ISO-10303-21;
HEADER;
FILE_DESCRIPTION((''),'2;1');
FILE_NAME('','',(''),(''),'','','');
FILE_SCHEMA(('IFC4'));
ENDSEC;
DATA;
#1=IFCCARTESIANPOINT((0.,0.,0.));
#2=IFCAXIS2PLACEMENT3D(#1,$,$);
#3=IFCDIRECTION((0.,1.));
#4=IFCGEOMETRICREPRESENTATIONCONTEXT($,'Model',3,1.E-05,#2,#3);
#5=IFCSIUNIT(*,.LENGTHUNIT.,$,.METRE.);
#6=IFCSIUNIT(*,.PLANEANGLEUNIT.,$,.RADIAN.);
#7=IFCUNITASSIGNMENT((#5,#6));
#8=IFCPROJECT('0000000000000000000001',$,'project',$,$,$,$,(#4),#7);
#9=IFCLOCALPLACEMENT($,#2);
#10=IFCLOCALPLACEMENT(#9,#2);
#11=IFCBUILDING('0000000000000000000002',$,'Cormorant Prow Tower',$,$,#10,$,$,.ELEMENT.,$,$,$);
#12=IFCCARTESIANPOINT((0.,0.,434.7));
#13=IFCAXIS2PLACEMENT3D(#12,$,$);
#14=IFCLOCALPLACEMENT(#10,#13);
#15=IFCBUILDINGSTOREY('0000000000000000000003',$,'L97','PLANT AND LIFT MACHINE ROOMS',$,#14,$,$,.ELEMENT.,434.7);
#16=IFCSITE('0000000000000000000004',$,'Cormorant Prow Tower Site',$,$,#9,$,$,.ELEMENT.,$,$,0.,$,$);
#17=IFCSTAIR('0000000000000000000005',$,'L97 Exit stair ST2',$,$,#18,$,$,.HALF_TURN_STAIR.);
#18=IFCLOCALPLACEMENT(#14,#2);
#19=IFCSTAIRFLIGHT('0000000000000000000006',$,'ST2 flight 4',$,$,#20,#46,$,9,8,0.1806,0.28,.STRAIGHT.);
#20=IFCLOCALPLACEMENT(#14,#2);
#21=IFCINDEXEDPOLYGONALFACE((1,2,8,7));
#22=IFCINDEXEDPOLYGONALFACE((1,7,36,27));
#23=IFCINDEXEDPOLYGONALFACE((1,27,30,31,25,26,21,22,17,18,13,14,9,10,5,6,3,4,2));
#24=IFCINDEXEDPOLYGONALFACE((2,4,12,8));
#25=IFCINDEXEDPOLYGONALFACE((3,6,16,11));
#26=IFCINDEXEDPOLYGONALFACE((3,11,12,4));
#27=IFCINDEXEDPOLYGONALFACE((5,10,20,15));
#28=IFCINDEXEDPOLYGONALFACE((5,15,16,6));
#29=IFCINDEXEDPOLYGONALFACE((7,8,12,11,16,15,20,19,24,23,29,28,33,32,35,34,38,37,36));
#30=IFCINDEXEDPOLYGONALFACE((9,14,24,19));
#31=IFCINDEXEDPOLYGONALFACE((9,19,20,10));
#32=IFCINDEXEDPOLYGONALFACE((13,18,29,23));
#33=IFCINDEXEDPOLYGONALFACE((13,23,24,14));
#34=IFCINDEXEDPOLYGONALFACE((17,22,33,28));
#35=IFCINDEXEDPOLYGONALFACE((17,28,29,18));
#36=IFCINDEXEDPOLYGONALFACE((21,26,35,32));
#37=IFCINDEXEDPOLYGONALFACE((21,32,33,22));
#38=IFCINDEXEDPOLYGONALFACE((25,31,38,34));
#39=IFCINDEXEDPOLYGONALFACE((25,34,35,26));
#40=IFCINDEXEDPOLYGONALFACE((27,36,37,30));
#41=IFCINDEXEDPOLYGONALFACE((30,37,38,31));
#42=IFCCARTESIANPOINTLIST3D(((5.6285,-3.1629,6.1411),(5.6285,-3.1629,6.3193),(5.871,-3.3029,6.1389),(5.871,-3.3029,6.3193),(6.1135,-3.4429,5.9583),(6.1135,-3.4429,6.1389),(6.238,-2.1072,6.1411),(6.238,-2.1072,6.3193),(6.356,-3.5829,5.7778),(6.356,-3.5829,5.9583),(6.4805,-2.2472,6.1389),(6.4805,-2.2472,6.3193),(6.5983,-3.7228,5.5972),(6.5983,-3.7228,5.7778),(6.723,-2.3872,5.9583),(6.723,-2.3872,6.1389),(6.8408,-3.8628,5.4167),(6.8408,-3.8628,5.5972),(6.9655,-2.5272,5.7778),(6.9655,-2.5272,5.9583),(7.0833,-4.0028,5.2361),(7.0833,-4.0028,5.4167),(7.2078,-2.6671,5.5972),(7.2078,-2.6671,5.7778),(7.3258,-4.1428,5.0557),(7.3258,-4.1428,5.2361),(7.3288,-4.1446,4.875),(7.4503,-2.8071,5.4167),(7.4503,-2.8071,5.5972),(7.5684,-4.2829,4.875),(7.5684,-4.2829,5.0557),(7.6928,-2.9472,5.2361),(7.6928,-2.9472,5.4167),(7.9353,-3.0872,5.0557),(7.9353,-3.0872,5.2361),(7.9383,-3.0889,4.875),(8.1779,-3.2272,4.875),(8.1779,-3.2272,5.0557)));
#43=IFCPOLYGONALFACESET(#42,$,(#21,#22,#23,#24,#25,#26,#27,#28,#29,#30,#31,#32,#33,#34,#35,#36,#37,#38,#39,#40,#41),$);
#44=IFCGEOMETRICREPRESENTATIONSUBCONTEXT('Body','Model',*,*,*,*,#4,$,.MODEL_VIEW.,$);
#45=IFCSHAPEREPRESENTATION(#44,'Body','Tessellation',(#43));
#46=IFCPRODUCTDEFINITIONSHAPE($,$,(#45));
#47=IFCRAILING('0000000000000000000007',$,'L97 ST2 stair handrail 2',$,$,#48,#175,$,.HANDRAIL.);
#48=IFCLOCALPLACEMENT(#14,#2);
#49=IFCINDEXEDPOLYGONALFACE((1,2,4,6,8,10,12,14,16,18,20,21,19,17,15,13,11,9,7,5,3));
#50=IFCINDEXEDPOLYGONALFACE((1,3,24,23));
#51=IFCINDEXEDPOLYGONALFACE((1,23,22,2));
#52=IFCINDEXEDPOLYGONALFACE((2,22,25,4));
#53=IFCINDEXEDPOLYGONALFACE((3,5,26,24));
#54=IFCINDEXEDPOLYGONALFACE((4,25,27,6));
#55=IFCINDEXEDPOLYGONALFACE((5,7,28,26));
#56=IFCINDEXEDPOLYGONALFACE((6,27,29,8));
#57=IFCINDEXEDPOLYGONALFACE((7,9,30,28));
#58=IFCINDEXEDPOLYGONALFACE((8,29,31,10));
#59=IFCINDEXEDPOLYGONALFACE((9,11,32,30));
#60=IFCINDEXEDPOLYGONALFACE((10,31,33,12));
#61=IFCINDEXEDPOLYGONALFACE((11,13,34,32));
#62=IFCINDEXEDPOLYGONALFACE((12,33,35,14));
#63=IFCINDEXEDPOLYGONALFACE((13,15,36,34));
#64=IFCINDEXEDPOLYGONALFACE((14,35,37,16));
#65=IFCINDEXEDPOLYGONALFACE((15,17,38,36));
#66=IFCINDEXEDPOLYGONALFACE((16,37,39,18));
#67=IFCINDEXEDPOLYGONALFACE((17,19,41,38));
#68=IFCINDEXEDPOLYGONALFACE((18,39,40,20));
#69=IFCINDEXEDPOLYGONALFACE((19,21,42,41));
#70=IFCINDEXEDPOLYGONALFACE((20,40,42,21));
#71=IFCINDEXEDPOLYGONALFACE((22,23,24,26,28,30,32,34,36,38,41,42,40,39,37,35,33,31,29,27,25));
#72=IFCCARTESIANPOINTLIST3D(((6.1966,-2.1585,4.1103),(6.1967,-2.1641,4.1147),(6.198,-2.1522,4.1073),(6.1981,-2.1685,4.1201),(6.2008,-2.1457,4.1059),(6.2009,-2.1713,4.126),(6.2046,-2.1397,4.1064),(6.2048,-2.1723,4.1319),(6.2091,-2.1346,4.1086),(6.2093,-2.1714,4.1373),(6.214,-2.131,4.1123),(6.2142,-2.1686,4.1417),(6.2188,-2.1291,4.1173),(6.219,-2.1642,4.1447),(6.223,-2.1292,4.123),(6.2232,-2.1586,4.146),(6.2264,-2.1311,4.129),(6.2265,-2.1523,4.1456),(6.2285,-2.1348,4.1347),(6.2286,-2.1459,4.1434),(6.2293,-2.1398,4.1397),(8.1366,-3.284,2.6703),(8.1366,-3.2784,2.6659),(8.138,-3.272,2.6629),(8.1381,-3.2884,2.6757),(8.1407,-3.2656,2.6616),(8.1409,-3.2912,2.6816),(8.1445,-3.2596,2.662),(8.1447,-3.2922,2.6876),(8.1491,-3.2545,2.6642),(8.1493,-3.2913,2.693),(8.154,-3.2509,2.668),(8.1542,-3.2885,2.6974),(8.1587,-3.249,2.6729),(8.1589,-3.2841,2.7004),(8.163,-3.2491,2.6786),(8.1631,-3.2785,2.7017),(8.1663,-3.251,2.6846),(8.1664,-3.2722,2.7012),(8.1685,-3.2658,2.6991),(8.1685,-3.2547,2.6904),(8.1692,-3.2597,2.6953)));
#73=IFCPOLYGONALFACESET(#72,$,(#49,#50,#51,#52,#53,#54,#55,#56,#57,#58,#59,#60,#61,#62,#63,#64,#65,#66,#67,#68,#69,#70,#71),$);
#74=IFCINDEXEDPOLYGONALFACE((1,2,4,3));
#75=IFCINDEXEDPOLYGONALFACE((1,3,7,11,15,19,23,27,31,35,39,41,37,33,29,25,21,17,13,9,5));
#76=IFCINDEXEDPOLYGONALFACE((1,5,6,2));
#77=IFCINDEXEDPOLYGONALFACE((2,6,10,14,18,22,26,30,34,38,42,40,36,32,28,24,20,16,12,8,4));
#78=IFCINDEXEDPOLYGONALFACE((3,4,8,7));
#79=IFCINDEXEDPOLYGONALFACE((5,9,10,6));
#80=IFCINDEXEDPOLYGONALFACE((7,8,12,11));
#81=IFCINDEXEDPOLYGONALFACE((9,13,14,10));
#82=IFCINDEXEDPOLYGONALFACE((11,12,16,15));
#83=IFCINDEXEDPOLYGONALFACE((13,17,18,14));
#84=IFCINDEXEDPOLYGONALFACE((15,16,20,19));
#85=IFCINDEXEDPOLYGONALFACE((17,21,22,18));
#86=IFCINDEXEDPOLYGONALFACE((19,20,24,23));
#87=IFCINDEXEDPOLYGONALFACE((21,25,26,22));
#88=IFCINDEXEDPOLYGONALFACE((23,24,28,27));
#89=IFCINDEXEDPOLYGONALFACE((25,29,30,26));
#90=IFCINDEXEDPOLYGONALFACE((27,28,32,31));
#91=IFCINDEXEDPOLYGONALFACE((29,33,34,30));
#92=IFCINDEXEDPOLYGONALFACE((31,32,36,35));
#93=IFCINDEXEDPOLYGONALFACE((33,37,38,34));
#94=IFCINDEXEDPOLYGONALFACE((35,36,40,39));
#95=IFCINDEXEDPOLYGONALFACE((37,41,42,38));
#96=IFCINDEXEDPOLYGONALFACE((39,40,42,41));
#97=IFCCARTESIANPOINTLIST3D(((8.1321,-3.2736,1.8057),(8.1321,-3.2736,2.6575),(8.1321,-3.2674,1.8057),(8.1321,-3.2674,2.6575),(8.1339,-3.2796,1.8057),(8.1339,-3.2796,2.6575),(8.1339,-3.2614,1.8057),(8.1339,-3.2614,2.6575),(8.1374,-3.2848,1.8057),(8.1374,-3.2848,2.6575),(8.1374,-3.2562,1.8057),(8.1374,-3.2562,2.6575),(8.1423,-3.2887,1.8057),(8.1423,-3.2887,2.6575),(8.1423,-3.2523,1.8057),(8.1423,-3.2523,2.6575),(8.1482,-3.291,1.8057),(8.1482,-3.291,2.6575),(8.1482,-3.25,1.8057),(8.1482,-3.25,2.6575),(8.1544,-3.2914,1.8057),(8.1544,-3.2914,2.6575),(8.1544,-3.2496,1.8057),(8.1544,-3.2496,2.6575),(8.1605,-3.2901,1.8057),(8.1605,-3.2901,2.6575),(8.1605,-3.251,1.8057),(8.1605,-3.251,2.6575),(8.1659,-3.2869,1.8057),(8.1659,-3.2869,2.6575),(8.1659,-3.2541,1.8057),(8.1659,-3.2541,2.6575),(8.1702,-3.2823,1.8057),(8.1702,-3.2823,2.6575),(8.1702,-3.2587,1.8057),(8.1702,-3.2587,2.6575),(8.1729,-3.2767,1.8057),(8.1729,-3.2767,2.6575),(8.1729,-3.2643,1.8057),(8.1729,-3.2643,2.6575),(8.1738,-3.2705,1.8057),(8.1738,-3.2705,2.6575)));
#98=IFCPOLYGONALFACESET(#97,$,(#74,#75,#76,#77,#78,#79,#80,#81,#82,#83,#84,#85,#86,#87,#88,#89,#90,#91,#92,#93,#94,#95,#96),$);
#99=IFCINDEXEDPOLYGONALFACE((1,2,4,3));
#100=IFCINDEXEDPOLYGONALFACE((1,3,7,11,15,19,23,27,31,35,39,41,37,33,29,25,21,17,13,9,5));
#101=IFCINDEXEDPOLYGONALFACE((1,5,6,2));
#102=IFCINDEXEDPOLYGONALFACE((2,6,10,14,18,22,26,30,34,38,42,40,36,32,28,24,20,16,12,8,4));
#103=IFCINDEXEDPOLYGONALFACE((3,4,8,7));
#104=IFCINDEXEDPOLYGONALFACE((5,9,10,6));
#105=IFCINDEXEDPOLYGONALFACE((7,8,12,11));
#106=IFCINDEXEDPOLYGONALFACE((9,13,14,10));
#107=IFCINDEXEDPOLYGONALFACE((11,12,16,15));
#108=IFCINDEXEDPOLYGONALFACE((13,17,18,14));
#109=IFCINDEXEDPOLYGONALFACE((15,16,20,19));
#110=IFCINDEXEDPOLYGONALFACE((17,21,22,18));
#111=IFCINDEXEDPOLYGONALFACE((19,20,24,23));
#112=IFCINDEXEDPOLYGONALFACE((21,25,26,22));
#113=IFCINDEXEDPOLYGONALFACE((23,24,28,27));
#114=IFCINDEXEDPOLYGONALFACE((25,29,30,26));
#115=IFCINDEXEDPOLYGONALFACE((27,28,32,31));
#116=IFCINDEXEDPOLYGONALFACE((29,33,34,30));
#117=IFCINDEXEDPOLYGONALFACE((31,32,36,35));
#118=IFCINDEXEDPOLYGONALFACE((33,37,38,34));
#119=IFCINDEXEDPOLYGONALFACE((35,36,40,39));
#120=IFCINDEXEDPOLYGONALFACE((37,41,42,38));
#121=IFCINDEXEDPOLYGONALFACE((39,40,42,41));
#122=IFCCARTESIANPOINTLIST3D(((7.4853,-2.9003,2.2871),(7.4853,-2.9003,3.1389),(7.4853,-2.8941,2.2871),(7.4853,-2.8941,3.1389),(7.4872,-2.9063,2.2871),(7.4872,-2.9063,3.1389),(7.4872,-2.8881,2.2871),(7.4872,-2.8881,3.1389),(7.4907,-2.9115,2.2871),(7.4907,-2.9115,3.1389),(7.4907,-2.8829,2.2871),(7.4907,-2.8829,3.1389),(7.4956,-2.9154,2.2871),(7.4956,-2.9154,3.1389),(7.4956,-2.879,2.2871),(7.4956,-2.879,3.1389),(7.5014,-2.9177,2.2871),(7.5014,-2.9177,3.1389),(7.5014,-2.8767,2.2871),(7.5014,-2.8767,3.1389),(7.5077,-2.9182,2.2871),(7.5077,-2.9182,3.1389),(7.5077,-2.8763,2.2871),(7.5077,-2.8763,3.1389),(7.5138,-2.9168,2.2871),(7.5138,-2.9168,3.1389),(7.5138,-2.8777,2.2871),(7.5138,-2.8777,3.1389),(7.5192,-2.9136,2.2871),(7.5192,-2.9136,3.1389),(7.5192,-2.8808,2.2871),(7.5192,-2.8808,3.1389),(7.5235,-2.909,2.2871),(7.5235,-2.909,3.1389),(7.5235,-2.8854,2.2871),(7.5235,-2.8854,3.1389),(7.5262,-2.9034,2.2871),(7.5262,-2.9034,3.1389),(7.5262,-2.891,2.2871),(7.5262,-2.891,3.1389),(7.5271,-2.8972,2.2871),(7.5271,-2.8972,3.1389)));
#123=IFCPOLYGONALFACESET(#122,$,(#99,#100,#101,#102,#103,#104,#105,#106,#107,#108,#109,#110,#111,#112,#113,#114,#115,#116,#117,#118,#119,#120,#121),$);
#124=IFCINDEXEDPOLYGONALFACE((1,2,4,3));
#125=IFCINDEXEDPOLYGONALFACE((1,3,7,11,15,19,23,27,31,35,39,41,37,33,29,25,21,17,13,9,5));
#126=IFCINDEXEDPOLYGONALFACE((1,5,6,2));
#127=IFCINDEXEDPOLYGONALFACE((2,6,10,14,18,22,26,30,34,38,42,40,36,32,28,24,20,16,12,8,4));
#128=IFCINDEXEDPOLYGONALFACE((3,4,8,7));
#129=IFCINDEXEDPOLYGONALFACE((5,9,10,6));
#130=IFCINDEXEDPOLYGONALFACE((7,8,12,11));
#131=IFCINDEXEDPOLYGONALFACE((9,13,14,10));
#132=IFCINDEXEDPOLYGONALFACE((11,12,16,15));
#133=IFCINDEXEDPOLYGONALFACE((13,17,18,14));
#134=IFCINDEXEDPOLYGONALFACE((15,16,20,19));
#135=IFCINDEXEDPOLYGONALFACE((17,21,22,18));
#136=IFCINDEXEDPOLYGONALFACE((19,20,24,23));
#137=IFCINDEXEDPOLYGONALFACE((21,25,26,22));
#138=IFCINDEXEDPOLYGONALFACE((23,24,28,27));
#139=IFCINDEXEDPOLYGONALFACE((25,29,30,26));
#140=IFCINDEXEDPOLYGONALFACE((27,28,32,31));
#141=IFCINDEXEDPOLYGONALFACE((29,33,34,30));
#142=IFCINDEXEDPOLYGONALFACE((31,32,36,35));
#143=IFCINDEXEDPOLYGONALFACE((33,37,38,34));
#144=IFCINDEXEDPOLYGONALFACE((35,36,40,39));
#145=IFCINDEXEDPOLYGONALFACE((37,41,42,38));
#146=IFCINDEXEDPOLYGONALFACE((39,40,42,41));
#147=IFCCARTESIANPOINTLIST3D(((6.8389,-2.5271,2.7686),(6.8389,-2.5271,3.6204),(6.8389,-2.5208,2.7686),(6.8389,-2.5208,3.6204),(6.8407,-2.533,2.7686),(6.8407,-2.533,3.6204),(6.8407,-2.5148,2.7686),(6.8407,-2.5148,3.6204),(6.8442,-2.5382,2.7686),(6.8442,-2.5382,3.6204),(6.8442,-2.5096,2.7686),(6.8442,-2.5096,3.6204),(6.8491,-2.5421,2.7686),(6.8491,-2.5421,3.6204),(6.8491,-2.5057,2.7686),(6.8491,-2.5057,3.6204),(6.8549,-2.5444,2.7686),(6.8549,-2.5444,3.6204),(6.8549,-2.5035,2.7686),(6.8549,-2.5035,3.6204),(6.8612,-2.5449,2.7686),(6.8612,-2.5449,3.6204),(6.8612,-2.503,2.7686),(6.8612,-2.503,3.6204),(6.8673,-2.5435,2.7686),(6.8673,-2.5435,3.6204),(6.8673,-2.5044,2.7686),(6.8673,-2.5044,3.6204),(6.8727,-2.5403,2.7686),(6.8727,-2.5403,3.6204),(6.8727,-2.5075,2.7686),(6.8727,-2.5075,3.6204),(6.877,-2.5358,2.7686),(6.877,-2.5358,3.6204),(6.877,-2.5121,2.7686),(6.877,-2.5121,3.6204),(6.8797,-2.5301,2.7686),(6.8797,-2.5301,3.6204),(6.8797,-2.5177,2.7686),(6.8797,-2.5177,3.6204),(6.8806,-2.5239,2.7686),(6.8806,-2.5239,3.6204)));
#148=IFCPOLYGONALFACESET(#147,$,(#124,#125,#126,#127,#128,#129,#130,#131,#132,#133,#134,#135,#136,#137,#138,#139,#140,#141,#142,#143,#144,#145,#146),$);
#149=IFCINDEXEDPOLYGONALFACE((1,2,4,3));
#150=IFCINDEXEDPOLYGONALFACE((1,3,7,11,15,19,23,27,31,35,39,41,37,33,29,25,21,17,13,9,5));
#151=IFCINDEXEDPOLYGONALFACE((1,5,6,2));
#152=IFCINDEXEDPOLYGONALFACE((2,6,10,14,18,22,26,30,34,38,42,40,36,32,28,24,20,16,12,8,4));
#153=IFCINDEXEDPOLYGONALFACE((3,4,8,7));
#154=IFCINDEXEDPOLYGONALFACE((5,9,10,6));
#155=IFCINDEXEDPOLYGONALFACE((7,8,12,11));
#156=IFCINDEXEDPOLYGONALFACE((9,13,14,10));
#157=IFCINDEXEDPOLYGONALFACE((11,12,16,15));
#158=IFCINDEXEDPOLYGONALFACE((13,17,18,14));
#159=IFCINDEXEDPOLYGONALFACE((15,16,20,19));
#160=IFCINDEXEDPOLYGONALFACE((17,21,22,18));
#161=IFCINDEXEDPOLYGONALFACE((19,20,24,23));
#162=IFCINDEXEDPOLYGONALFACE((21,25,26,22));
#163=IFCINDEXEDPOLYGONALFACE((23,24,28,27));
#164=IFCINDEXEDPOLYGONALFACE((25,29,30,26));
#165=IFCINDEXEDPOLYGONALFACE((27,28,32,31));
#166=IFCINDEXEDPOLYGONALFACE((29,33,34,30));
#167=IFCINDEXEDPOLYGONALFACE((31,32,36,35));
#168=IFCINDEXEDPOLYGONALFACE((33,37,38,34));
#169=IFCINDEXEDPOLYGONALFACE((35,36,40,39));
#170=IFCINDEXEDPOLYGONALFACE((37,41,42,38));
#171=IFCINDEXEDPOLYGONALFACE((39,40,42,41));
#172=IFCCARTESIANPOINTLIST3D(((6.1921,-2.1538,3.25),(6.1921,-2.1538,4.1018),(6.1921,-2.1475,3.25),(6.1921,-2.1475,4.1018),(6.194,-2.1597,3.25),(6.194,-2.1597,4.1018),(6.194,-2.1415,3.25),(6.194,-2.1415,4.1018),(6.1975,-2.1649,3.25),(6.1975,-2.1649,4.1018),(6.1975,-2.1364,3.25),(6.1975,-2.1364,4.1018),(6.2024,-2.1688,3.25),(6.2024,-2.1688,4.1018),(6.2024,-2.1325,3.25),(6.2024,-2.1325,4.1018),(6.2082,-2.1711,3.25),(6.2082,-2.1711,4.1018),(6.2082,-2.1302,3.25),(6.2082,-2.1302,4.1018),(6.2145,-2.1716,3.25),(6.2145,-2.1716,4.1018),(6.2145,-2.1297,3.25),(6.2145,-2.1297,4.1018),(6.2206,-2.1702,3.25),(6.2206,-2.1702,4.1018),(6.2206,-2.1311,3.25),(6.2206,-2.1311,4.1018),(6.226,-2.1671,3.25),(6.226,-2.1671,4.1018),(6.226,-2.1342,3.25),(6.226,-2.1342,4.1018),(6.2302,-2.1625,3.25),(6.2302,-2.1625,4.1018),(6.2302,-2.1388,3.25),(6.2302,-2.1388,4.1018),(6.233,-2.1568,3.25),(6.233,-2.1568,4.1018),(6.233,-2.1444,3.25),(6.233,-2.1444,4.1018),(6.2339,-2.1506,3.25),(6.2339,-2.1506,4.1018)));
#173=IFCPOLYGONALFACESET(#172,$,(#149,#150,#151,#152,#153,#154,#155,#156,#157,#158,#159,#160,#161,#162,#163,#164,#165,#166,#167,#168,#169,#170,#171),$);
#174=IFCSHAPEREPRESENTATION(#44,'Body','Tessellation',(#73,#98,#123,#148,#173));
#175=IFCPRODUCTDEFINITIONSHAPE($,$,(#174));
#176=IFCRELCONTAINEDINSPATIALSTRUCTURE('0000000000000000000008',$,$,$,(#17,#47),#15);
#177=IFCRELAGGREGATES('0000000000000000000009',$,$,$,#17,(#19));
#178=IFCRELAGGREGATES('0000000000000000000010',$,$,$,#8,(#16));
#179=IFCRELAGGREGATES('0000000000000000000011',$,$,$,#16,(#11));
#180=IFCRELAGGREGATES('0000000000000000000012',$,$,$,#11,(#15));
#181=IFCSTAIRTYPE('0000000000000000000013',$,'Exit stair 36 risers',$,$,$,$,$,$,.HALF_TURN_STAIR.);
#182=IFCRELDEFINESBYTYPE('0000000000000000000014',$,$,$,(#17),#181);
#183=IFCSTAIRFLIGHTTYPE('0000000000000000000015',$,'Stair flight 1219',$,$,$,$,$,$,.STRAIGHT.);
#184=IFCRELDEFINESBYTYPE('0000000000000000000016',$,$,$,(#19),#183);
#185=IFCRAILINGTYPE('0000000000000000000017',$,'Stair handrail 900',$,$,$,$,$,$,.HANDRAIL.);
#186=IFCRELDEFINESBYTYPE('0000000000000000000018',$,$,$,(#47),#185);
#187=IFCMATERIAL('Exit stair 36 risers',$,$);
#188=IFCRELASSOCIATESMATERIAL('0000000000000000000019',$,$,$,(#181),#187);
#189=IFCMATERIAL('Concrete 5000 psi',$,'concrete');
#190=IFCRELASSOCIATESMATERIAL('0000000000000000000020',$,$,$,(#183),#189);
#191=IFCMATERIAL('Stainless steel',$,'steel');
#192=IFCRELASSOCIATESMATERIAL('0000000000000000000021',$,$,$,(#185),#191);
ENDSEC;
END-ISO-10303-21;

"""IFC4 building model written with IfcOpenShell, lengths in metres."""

from ifc_helpers import new_model, si_unit, direction, frame, origin, origin_2d, place, context, subcontext, project, spatial, polyline, circle, outline, extrude, material, type_object, element, aggregate, save


model = new_model("IFC4")

# Units and contexts
model_context = context("Model", 3, precision=1e-05, world=origin(), true_north=direction((0.0, 1.0)))
body_context = subcontext(model_context, "Body", "Model", "MODEL_VIEW")
ifc_project = project(units=[si_unit("LENGTHUNIT", "METRE"), si_unit("PLANEANGLEUNIT", "RADIAN")], contexts=[model_context])

# Site, building, storey
site_placement = place(None, origin())
site = spatial("IfcSite", under=ifc_project, at=site_placement, Name="Cormorant Prow Tower Site", CompositionType="ELEMENT", RefElevation=0.0)
building_placement = place(site_placement, origin())
building = spatial("IfcBuilding", under=site, at=building_placement, Name="Cormorant Prow Tower", CompositionType="ELEMENT")
storey_placement = place(building_placement, frame((0.0, 0.0, 434.7)))
storey = spatial("IfcBuildingStorey", under=building, at=storey_placement, Name="L97", Description="PLANT AND LIFT MACHINE ROOMS", CompositionType="ELEMENT", Elevation=434.7)

# Stair
ifc_material_1 = material(Name="Exit stair 36 risers")
stair_type = type_object("IfcStairType", Name="Exit stair 36 risers", PredefinedType="HALF_TURN_STAIR", material=ifc_material_1)
stair_1_placement = place(storey_placement, origin())
stair_1 = element("IfcStair", 1, at=stair_1_placement, inside=storey, type_object=stair_type, Name="L97 Exit stair ST2", PredefinedType="HALF_TURN_STAIR")

# Stair flight
ifc_material_2 = material(Name="Concrete 5000 psi", Category="concrete")
stair_flight_type = type_object("IfcStairFlightType", Name="Stair flight 1219", PredefinedType="STRAIGHT", material=ifc_material_2)
stair_flight_placement = place(storey_placement, frame((7.873, -3.7551, 4.875), z_axis=(0.0, 0.0, 1.0), x_axis=(-0.866025, 0.5, 0.0)))
stair_flight = element("IfcStairFlight", 2, at=stair_flight_placement, type_object=stair_flight_type, Name="ST2 flight 4", NumberOfRisers=9, NumberOfTreads=8, PredefinedType="STRAIGHT", RiserHeight=0.1806, TreadLength=0.28, context=body_context, shape_type="SweptSolid", body=[
    extrude(outline(polyline([(0.0, 0.0), (0.0, 0.1807), (0.28, 0.1807), (0.28, 0.3611), (0.5601, 0.3611), (0.5601, 0.5417), (0.8401, 0.5417), (0.8401, 0.7222), (1.1201, 0.7222), (1.1201, 0.9028), (1.3999, 0.9028), (1.3999, 1.0833), (1.6799, 1.0833), (1.6799, 1.2639), (1.96, 1.2639), (1.96, 1.4443), (2.24, 1.4443), (2.24, 1.625), (2.24, 1.2661), (0.2766, 0.0), (0.0, 0.0)])), frame((0.0, 0.6094, 0.0), z_axis=(0.0, -1.0, 0.0), x_axis=(1.0, 0.0, 0.0)), (0.0, 0.0, 1.0), 1.219),
])
aggregate(stair_1, [stair_flight])

# Railing
ifc_material_3 = material(Name="Stainless steel", Category="steel")
railing_type_1 = type_object("IfcRailingType", Name="Stair handrail 900", PredefinedType="HANDRAIL", material=ifc_material_3)
for number, where, name in (
    (3, (8.1528, -3.2705, 1.8057), "L97 ST2 stair handrail 2"),
):
    element("IfcRailing", number, at=place(storey_placement, frame(where)), inside=storey, type_object=railing_type_1, Name=name, PredefinedType="HANDRAIL", context=body_context, shape_type="SweptSolid", body=[
        extrude(circle(Radius=0.0239, at=origin_2d()), frame((0.0, 0.0, 0.876), z_axis=(-0.727863, 0.420175, 0.541912), x_axis=(-0.499949, -0.866055, 0.0)), (0.0, 0.0, 1.0), 2.6653),
        extrude(circle(Radius=0.021, at=origin_2d()), origin(), (0.0, 0.0, 1.0), 0.8518),
        extrude(circle(Radius=0.021, at=origin_2d()), frame((-0.6467, 0.3733, 0.4814)), (0.0, 0.0, 1.0), 0.8518),
        extrude(circle(Radius=0.021, at=origin_2d()), frame((-1.2932, 0.7466, 0.9629)), (0.0, 0.0, 1.0), 0.8518),
        extrude(circle(Radius=0.021, at=origin_2d()), frame((-1.9399, 1.1199, 1.4443)), (0.0, 0.0, 1.0), 0.8518),
    ])

save(model, "model.ifc")
